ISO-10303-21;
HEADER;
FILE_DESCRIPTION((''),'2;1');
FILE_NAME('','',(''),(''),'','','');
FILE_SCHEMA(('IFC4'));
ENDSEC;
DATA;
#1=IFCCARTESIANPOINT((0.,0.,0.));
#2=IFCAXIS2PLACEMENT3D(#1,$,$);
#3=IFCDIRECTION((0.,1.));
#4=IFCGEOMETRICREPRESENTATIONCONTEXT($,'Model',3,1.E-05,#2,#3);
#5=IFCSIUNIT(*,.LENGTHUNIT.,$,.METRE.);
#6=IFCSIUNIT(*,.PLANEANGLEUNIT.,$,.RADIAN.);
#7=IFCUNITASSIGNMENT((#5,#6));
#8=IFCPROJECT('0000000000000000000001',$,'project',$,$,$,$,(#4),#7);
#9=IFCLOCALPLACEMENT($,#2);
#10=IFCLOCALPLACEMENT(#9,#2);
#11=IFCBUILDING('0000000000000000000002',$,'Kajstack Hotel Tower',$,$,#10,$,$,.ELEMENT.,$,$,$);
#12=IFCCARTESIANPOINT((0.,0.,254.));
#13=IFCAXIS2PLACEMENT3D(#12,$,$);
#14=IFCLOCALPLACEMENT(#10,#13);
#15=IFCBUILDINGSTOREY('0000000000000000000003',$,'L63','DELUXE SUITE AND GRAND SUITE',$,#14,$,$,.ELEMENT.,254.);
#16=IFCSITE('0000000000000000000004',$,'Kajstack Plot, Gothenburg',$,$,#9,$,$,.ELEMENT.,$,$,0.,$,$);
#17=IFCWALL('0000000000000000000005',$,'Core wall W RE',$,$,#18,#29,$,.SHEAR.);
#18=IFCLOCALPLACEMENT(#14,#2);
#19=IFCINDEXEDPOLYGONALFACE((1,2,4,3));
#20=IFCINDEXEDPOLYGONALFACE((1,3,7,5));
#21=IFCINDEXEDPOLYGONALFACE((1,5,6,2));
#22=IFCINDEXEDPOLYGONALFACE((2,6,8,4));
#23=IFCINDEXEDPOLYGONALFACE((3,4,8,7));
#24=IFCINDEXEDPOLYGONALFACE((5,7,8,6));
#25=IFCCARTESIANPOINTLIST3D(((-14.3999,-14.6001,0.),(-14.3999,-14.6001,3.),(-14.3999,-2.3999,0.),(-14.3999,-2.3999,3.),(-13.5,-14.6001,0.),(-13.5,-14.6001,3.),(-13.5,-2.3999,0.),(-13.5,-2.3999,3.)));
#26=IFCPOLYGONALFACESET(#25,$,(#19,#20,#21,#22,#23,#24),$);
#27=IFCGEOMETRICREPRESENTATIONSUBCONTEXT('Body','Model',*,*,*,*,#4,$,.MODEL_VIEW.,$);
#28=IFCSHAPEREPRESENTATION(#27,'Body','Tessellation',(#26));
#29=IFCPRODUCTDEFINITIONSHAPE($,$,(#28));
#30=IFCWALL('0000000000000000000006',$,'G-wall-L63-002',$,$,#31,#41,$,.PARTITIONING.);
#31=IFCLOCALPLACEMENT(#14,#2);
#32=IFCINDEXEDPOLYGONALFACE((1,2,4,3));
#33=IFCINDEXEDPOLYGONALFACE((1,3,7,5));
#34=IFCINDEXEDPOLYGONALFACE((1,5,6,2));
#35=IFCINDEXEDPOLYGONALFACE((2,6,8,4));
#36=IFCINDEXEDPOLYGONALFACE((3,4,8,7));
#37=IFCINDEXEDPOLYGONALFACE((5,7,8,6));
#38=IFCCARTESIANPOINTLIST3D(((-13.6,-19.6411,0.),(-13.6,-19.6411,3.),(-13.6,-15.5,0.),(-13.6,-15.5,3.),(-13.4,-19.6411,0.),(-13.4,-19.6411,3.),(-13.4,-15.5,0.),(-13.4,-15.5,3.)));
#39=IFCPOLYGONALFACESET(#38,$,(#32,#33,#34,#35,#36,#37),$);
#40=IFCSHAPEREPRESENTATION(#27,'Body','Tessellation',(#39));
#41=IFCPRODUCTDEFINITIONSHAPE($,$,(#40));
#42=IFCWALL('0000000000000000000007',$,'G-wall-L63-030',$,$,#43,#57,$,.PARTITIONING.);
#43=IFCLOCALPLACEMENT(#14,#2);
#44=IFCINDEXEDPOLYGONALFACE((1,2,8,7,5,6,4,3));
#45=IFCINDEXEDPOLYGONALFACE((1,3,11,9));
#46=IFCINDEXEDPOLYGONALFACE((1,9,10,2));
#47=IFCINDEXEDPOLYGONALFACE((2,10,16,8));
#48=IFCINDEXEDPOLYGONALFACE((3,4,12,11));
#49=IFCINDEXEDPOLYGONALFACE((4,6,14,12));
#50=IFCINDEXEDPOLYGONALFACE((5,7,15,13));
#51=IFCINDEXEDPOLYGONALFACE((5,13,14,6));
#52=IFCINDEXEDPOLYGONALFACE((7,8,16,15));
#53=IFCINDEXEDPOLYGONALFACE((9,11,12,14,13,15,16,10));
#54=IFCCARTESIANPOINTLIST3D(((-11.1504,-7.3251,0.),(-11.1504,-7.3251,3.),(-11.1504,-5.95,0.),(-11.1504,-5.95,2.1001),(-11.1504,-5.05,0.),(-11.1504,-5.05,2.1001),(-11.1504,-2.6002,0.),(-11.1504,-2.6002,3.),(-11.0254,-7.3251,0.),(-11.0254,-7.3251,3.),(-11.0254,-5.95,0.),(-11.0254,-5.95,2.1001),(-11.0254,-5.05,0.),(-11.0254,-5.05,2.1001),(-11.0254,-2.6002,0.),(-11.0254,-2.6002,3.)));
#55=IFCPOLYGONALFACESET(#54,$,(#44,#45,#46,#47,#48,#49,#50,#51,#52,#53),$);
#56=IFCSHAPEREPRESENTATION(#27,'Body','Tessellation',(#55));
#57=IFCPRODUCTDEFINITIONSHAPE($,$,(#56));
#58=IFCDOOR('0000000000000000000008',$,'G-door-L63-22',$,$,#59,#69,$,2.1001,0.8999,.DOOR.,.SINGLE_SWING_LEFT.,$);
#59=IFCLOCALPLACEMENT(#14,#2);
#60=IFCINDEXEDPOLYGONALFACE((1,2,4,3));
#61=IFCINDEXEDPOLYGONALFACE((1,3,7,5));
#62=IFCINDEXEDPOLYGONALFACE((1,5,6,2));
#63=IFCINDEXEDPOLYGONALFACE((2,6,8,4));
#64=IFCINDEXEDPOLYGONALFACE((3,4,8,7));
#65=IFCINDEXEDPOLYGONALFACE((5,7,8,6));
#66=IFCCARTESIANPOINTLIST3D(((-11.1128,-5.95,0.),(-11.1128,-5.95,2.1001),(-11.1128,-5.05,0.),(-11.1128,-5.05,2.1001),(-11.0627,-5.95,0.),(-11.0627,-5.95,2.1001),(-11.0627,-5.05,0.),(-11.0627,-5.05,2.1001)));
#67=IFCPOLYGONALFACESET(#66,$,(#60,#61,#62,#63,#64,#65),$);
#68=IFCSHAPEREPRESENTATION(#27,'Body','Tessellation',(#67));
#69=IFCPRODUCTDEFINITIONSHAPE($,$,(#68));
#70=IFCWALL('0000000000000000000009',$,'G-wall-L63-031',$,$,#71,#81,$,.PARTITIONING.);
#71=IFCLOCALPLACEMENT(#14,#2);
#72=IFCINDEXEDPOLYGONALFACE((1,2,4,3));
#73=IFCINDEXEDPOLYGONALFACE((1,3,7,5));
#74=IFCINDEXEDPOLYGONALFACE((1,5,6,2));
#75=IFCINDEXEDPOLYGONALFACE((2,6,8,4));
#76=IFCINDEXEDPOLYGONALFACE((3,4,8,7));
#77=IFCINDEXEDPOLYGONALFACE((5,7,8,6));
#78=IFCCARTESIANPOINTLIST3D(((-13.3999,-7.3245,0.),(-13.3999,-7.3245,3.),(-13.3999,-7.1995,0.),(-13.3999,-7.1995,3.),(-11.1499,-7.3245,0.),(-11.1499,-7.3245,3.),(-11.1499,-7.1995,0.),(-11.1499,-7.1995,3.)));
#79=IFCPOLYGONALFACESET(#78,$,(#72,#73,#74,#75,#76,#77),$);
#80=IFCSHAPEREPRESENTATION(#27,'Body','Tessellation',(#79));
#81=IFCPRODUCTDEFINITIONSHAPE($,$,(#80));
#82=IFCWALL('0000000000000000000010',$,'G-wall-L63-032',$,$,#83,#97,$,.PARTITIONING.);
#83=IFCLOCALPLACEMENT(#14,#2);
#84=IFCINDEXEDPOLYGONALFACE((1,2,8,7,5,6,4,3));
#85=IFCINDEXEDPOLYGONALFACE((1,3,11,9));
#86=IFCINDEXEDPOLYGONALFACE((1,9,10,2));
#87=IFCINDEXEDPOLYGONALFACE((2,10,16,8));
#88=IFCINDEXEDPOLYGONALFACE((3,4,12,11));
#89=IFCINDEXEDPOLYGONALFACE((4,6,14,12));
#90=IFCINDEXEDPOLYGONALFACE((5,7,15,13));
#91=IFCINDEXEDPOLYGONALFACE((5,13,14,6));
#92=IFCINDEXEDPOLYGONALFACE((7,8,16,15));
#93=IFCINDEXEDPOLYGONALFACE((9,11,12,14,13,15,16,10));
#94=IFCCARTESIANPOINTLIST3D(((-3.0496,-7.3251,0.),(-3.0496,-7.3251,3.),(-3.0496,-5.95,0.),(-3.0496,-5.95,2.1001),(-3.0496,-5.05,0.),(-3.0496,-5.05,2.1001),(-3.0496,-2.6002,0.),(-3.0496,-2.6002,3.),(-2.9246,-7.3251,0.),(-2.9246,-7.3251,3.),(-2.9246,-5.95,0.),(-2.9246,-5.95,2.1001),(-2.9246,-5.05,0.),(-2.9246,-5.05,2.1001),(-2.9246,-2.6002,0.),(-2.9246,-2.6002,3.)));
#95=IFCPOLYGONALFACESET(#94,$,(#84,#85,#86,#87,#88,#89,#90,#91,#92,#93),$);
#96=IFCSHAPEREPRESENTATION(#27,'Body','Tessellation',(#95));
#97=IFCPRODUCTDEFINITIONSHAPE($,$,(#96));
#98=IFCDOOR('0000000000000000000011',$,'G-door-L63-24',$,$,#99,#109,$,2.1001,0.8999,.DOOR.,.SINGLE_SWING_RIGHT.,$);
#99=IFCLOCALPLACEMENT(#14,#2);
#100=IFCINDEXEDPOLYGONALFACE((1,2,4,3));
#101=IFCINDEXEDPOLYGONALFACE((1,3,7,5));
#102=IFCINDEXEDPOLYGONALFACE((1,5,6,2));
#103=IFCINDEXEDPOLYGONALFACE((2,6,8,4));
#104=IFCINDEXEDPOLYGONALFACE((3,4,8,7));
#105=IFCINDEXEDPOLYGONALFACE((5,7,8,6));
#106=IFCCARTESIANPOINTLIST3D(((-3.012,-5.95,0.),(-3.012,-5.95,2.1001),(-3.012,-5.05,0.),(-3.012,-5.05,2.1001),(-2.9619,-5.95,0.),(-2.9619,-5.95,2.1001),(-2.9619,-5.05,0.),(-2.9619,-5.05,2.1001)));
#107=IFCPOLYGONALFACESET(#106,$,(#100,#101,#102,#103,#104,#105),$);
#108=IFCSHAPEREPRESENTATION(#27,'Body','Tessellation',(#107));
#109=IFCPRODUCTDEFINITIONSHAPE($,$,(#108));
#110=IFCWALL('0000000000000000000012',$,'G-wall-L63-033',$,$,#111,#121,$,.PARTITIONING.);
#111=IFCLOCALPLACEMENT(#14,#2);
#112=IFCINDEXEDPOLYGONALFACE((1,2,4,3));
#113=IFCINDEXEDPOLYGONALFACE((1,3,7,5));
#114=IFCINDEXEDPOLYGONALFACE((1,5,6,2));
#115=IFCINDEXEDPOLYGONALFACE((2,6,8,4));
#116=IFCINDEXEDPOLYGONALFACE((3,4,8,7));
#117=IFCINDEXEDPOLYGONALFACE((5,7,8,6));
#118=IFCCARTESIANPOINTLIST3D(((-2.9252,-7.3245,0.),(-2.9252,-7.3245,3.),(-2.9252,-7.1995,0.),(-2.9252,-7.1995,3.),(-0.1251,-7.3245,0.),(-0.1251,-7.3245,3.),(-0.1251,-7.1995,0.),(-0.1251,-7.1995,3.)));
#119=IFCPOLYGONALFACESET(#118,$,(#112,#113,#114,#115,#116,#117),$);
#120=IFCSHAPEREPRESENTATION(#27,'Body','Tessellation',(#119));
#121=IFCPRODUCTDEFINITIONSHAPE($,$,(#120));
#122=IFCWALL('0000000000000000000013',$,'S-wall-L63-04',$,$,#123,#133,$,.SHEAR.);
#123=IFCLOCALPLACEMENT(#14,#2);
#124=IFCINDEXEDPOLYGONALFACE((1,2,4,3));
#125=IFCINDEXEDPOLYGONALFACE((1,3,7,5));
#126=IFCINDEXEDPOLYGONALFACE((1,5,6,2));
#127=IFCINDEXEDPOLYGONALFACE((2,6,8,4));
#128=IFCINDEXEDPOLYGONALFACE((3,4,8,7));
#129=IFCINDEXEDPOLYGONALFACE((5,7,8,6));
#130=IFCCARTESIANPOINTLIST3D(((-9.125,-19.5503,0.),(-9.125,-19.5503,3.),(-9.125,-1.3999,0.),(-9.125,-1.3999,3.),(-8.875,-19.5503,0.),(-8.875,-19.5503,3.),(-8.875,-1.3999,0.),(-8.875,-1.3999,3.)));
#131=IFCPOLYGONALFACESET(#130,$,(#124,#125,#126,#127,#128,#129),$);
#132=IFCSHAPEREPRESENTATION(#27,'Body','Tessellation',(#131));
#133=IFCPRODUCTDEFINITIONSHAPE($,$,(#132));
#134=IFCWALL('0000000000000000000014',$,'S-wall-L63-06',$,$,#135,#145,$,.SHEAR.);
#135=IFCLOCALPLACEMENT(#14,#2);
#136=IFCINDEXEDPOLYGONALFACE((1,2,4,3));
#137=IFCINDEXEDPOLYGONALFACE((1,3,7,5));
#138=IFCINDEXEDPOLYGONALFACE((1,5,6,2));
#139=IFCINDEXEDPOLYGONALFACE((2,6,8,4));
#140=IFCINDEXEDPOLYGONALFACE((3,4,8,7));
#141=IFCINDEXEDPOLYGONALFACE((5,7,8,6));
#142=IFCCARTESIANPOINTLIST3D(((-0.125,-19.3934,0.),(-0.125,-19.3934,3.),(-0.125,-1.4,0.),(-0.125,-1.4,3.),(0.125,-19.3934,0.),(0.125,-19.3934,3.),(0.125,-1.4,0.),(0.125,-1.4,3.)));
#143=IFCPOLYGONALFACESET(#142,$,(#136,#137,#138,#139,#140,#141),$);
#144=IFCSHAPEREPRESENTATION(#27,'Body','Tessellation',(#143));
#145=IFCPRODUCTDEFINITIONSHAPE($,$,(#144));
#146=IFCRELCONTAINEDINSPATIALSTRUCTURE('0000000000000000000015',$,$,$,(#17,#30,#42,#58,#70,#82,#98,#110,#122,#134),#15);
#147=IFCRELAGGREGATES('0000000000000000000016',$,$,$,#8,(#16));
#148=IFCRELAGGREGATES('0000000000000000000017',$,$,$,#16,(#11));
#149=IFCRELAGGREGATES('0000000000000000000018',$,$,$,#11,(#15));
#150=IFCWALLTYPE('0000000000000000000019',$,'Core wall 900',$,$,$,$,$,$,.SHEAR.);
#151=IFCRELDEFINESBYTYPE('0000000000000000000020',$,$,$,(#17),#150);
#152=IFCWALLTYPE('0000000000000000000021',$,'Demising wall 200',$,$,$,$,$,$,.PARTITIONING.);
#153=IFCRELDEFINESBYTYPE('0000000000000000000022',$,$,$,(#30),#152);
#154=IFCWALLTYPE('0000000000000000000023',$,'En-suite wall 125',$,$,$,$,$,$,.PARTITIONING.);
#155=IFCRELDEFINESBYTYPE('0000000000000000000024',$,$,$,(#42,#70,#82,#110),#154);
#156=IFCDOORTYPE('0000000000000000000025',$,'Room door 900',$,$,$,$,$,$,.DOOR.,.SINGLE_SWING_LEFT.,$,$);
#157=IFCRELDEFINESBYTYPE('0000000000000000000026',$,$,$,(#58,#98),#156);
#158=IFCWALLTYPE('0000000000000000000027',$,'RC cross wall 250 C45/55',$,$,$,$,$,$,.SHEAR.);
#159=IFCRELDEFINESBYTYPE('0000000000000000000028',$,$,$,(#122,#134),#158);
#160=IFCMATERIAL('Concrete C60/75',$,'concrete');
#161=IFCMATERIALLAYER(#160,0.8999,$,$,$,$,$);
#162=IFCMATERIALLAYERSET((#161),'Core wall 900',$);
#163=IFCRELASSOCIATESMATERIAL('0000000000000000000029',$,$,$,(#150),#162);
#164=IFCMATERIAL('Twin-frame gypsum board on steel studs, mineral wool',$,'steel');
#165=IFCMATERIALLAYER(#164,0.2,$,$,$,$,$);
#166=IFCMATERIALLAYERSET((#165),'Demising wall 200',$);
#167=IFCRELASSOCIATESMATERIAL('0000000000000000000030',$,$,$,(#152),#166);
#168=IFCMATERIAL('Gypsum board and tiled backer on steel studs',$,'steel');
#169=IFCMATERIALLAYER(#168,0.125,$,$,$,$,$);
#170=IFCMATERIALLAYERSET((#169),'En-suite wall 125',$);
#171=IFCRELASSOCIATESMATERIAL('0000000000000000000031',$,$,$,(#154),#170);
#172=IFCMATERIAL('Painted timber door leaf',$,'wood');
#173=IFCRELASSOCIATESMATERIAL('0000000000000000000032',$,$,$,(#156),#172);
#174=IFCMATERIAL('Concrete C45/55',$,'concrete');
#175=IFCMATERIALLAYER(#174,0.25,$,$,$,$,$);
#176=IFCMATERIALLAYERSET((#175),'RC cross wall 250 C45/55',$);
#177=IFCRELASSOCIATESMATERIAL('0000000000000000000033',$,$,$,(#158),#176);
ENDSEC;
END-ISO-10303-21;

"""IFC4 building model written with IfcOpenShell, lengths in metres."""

from ifc_helpers import new_model, si_unit, direction, frame, frame_2d, origin, place, context, subcontext, project, spatial, rectangle, extrude, material, layer, layer_set, type_object, element, fill, save


model = new_model("IFC4")

# Units and contexts
model_context = context("Model", 3, precision=1e-05, world=origin(), true_north=direction((0.0, 1.0)))
body_context = subcontext(model_context, "Body", "Model", "MODEL_VIEW")
ifc_project = project(units=[si_unit("LENGTHUNIT", "METRE"), si_unit("PLANEANGLEUNIT", "RADIAN")], contexts=[model_context])

# Site, building, storey
site_placement = place(None, origin())
site = spatial("IfcSite", under=ifc_project, at=site_placement, Name="Kajstack Plot, Gothenburg", CompositionType="ELEMENT", RefElevation=0.0)
building_placement = place(site_placement, origin())
building = spatial("IfcBuilding", under=site, at=building_placement, Name="Kajstack Hotel Tower", CompositionType="ELEMENT")
storey_placement = place(building_placement, frame((0.0, 0.0, 254.0)))
storey = spatial("IfcBuildingStorey", under=building, at=storey_placement, Name="L63", Description="DELUXE SUITE AND GRAND SUITE", CompositionType="ELEMENT", Elevation=254.0)

# Walls
ifc_material_1 = material(Name="Concrete C60/75", Category="concrete")
ifc_layer_1 = layer(ifc_material_1, 0.8999)
ifc_layer_set_1 = layer_set([ifc_layer_1], Name="Core wall 900")
wall_type_1 = type_object("IfcWallType", Name="Core wall 900", PredefinedType="SHEAR", material=ifc_layer_set_1)
wall_1_placement = place(storey_placement, frame((-13.95, -14.6001, 0.0), z_axis=(0.0, 0.0, 1.0), x_axis=(0.0, 1.0, 0.0)))
element("IfcWall", 1, at=wall_1_placement, inside=storey, type_object=wall_type_1, Name="Core wall W RE", PredefinedType="SHEAR", context=body_context, shape_type="SweptSolid", body=[
    extrude(rectangle(XDim=12.2002, YDim=0.8999, at=frame_2d((6.1001, 0.0))), origin(), (0.0, 0.0, 1.0), 3.0),
])
ifc_material_2 = material(Name="Twin-frame gypsum board on steel studs, mineral wool", Category="steel")
ifc_layer_2 = layer(ifc_material_2, 0.2)
ifc_layer_set_2 = layer_set([ifc_layer_2], Name="Demising wall 200")
wall_type_2 = type_object("IfcWallType", Name="Demising wall 200", PredefinedType="PARTITIONING", material=ifc_layer_set_2)
wall_2_placement = place(storey_placement, frame((-13.5, -19.6411, 0.0), z_axis=(0.0, 0.0, 1.0), x_axis=(0.0, 1.0, 0.0)))
element("IfcWall", 2, at=wall_2_placement, inside=storey, type_object=wall_type_2, Name="G-wall-L63-002", PredefinedType="PARTITIONING", context=body_context, shape_type="SweptSolid", body=[
    extrude(rectangle(XDim=4.1411, YDim=0.2, at=frame_2d((2.0706, 0.0))), origin(), (0.0, 0.0, 1.0), 3.0),
])

# Wall, opening, door
ifc_material_3 = material(Name="Gypsum board and tiled backer on steel studs", Category="steel")
ifc_layer_3 = layer(ifc_material_3, 0.125)
ifc_layer_set_3 = layer_set([ifc_layer_3], Name="En-suite wall 125")
wall_type_3 = type_object("IfcWallType", Name="En-suite wall 125", PredefinedType="PARTITIONING", material=ifc_layer_set_3)
wall_3_placement = place(storey_placement, frame((-11.0879, -7.325, 0.0), z_axis=(0.0, 0.0, 1.0), x_axis=(0.0, 1.0, 0.0)))
wall_3 = element("IfcWall", 3, at=wall_3_placement, inside=storey, type_object=wall_type_3, Name="G-wall-L63-030", PredefinedType="PARTITIONING", context=body_context, shape_type="SweptSolid", body=[
    extrude(rectangle(XDim=4.7249, YDim=0.125, at=frame_2d((2.3623, 0.0))), origin(), (0.0, 0.0, 1.0), 3.0),
])
opening_1_placement = place(wall_3_placement, frame((1.375, 0.0, 0.0)))
opening_1 = element("IfcOpeningElement", 4, at=opening_1_placement, cuts=wall_3, PredefinedType="OPENING", context=body_context, shape_type="SweptSolid", body=[
    extrude(rectangle(XDim=0.8999, YDim=2.1001, at=frame_2d((0.45, 1.05))), frame((0.0, 0.0725, 0.0), z_axis=(0.0, -1.0, 0.0), x_axis=(1.0, 0.0, 0.0)), (0.0, 0.0, 1.0), 0.145),
])
ifc_material_4 = material(Name="Painted timber door leaf", Category="wood")
door_type = type_object("IfcDoorType", Name="Room door 900", OperationType="SINGLE_SWING_LEFT", PredefinedType="DOOR", material=ifc_material_4)
door_1_placement = place(opening_1_placement, origin())
door_1 = element("IfcDoor", 5, at=door_1_placement, inside=storey, type_object=door_type, Name="G-door-L63-22", OperationType="SINGLE_SWING_LEFT", OverallHeight=2.1001, OverallWidth=0.8999, PredefinedType="DOOR", context=body_context, shape_type="SweptSolid", body=[
    extrude(rectangle(XDim=0.8999, YDim=2.1001, at=frame_2d((0.45, 1.05))), frame((0.0, 0.0249, 0.0), z_axis=(0.0, -1.0, 0.0), x_axis=(1.0, 0.0, 0.0)), (0.0, 0.0, 1.0), 0.05),
])
fill(opening_1, door_1)

# Wall
wall_4_placement = place(storey_placement, frame((-13.3999, -7.262, 0.0), z_axis=(0.0, 0.0, 1.0), x_axis=(1.0, 0.0, 0.0)))
element("IfcWall", 6, at=wall_4_placement, inside=storey, type_object=wall_type_3, Name="G-wall-L63-031", PredefinedType="PARTITIONING", context=body_context, shape_type="SweptSolid", body=[
    extrude(rectangle(XDim=2.25, YDim=0.125, at=frame_2d((1.125, 0.0))), origin(), (0.0, 0.0, 1.0), 3.0),
])

# Wall, opening, door
wall_5_placement = place(storey_placement, frame((-2.9871, -7.325, 0.0), z_axis=(0.0, 0.0, 1.0), x_axis=(0.0, 1.0, 0.0)))
wall_5 = element("IfcWall", 7, at=wall_5_placement, inside=storey, type_object=wall_type_3, Name="G-wall-L63-032", PredefinedType="PARTITIONING", context=body_context, shape_type="SweptSolid", body=[
    extrude(rectangle(XDim=4.7249, YDim=0.125, at=frame_2d((2.3623, 0.0))), origin(), (0.0, 0.0, 1.0), 3.0),
])
opening_2_placement = place(wall_5_placement, frame((1.375, 0.0, 0.0)))
opening_2 = element("IfcOpeningElement", 8, at=opening_2_placement, cuts=wall_5, PredefinedType="OPENING", context=body_context, shape_type="SweptSolid", body=[
    extrude(rectangle(XDim=0.8999, YDim=2.1001, at=frame_2d((0.45, 1.05))), frame((0.0, 0.0725, 0.0), z_axis=(0.0, -1.0, 0.0), x_axis=(1.0, 0.0, 0.0)), (0.0, 0.0, 1.0), 0.145),
])
door_2_placement = place(opening_2_placement, origin())
door_2 = element("IfcDoor", 9, at=door_2_placement, inside=storey, type_object=door_type, Name="G-door-L63-24", OperationType="SINGLE_SWING_RIGHT", OverallHeight=2.1001, OverallWidth=0.8999, PredefinedType="DOOR", context=body_context, shape_type="SweptSolid", body=[
    extrude(rectangle(XDim=0.8999, YDim=2.1001, at=frame_2d((0.45, 1.05))), frame((0.0, 0.0249, 0.0), z_axis=(0.0, -1.0, 0.0), x_axis=(1.0, 0.0, 0.0)), (0.0, 0.0, 1.0), 0.05),
])
fill(opening_2, door_2)

# Walls
wall_6_placement = place(storey_placement, frame((-2.925, -7.262, 0.0), z_axis=(0.0, 0.0, 1.0), x_axis=(1.0, 0.0, 0.0)))
element("IfcWall", 10, at=wall_6_placement, inside=storey, type_object=wall_type_3, Name="G-wall-L63-033", PredefinedType="PARTITIONING", context=body_context, shape_type="SweptSolid", body=[
    extrude(rectangle(XDim=2.8, YDim=0.125, at=frame_2d((1.3999, 0.0))), origin(), (0.0, 0.0, 1.0), 3.0),
])
ifc_material_5 = material(Name="Concrete C45/55", Category="concrete")
ifc_layer_4 = layer(ifc_material_5, 0.25)
ifc_layer_set_4 = layer_set([ifc_layer_4], Name="RC cross wall 250 C45/55")
wall_type_4 = type_object("IfcWallType", Name="RC cross wall 250 C45/55", PredefinedType="SHEAR", material=ifc_layer_set_4)
wall_7_placement = place(storey_placement, frame((-9.0, -19.5503, 0.0), z_axis=(0.0, 0.0, 1.0), x_axis=(0.0, 1.0, 0.0)))
element("IfcWall", 11, at=wall_7_placement, inside=storey, type_object=wall_type_4, Name="S-wall-L63-04", PredefinedType="SHEAR", context=body_context, shape_type="SweptSolid", body=[
    extrude(rectangle(XDim=18.1504, YDim=0.25, at=frame_2d((9.0752, 0.0))), origin(), (0.0, 0.0, 1.0), 3.0),
])
wall_8_placement = place(storey_placement, frame((0.0, -19.3933, 0.0), z_axis=(0.0, 0.0, 1.0), x_axis=(0.0, 1.0, 0.0)))
element("IfcWall", 12, at=wall_8_placement, inside=storey, type_object=wall_type_4, Name="S-wall-L63-06", PredefinedType="SHEAR", context=body_context, shape_type="SweptSolid", body=[
    extrude(rectangle(XDim=17.9934, YDim=0.25, at=frame_2d((8.9966, 0.0))), origin(), (0.0, 0.0, 1.0), 3.0),
])

save(model, "model.ifc")
